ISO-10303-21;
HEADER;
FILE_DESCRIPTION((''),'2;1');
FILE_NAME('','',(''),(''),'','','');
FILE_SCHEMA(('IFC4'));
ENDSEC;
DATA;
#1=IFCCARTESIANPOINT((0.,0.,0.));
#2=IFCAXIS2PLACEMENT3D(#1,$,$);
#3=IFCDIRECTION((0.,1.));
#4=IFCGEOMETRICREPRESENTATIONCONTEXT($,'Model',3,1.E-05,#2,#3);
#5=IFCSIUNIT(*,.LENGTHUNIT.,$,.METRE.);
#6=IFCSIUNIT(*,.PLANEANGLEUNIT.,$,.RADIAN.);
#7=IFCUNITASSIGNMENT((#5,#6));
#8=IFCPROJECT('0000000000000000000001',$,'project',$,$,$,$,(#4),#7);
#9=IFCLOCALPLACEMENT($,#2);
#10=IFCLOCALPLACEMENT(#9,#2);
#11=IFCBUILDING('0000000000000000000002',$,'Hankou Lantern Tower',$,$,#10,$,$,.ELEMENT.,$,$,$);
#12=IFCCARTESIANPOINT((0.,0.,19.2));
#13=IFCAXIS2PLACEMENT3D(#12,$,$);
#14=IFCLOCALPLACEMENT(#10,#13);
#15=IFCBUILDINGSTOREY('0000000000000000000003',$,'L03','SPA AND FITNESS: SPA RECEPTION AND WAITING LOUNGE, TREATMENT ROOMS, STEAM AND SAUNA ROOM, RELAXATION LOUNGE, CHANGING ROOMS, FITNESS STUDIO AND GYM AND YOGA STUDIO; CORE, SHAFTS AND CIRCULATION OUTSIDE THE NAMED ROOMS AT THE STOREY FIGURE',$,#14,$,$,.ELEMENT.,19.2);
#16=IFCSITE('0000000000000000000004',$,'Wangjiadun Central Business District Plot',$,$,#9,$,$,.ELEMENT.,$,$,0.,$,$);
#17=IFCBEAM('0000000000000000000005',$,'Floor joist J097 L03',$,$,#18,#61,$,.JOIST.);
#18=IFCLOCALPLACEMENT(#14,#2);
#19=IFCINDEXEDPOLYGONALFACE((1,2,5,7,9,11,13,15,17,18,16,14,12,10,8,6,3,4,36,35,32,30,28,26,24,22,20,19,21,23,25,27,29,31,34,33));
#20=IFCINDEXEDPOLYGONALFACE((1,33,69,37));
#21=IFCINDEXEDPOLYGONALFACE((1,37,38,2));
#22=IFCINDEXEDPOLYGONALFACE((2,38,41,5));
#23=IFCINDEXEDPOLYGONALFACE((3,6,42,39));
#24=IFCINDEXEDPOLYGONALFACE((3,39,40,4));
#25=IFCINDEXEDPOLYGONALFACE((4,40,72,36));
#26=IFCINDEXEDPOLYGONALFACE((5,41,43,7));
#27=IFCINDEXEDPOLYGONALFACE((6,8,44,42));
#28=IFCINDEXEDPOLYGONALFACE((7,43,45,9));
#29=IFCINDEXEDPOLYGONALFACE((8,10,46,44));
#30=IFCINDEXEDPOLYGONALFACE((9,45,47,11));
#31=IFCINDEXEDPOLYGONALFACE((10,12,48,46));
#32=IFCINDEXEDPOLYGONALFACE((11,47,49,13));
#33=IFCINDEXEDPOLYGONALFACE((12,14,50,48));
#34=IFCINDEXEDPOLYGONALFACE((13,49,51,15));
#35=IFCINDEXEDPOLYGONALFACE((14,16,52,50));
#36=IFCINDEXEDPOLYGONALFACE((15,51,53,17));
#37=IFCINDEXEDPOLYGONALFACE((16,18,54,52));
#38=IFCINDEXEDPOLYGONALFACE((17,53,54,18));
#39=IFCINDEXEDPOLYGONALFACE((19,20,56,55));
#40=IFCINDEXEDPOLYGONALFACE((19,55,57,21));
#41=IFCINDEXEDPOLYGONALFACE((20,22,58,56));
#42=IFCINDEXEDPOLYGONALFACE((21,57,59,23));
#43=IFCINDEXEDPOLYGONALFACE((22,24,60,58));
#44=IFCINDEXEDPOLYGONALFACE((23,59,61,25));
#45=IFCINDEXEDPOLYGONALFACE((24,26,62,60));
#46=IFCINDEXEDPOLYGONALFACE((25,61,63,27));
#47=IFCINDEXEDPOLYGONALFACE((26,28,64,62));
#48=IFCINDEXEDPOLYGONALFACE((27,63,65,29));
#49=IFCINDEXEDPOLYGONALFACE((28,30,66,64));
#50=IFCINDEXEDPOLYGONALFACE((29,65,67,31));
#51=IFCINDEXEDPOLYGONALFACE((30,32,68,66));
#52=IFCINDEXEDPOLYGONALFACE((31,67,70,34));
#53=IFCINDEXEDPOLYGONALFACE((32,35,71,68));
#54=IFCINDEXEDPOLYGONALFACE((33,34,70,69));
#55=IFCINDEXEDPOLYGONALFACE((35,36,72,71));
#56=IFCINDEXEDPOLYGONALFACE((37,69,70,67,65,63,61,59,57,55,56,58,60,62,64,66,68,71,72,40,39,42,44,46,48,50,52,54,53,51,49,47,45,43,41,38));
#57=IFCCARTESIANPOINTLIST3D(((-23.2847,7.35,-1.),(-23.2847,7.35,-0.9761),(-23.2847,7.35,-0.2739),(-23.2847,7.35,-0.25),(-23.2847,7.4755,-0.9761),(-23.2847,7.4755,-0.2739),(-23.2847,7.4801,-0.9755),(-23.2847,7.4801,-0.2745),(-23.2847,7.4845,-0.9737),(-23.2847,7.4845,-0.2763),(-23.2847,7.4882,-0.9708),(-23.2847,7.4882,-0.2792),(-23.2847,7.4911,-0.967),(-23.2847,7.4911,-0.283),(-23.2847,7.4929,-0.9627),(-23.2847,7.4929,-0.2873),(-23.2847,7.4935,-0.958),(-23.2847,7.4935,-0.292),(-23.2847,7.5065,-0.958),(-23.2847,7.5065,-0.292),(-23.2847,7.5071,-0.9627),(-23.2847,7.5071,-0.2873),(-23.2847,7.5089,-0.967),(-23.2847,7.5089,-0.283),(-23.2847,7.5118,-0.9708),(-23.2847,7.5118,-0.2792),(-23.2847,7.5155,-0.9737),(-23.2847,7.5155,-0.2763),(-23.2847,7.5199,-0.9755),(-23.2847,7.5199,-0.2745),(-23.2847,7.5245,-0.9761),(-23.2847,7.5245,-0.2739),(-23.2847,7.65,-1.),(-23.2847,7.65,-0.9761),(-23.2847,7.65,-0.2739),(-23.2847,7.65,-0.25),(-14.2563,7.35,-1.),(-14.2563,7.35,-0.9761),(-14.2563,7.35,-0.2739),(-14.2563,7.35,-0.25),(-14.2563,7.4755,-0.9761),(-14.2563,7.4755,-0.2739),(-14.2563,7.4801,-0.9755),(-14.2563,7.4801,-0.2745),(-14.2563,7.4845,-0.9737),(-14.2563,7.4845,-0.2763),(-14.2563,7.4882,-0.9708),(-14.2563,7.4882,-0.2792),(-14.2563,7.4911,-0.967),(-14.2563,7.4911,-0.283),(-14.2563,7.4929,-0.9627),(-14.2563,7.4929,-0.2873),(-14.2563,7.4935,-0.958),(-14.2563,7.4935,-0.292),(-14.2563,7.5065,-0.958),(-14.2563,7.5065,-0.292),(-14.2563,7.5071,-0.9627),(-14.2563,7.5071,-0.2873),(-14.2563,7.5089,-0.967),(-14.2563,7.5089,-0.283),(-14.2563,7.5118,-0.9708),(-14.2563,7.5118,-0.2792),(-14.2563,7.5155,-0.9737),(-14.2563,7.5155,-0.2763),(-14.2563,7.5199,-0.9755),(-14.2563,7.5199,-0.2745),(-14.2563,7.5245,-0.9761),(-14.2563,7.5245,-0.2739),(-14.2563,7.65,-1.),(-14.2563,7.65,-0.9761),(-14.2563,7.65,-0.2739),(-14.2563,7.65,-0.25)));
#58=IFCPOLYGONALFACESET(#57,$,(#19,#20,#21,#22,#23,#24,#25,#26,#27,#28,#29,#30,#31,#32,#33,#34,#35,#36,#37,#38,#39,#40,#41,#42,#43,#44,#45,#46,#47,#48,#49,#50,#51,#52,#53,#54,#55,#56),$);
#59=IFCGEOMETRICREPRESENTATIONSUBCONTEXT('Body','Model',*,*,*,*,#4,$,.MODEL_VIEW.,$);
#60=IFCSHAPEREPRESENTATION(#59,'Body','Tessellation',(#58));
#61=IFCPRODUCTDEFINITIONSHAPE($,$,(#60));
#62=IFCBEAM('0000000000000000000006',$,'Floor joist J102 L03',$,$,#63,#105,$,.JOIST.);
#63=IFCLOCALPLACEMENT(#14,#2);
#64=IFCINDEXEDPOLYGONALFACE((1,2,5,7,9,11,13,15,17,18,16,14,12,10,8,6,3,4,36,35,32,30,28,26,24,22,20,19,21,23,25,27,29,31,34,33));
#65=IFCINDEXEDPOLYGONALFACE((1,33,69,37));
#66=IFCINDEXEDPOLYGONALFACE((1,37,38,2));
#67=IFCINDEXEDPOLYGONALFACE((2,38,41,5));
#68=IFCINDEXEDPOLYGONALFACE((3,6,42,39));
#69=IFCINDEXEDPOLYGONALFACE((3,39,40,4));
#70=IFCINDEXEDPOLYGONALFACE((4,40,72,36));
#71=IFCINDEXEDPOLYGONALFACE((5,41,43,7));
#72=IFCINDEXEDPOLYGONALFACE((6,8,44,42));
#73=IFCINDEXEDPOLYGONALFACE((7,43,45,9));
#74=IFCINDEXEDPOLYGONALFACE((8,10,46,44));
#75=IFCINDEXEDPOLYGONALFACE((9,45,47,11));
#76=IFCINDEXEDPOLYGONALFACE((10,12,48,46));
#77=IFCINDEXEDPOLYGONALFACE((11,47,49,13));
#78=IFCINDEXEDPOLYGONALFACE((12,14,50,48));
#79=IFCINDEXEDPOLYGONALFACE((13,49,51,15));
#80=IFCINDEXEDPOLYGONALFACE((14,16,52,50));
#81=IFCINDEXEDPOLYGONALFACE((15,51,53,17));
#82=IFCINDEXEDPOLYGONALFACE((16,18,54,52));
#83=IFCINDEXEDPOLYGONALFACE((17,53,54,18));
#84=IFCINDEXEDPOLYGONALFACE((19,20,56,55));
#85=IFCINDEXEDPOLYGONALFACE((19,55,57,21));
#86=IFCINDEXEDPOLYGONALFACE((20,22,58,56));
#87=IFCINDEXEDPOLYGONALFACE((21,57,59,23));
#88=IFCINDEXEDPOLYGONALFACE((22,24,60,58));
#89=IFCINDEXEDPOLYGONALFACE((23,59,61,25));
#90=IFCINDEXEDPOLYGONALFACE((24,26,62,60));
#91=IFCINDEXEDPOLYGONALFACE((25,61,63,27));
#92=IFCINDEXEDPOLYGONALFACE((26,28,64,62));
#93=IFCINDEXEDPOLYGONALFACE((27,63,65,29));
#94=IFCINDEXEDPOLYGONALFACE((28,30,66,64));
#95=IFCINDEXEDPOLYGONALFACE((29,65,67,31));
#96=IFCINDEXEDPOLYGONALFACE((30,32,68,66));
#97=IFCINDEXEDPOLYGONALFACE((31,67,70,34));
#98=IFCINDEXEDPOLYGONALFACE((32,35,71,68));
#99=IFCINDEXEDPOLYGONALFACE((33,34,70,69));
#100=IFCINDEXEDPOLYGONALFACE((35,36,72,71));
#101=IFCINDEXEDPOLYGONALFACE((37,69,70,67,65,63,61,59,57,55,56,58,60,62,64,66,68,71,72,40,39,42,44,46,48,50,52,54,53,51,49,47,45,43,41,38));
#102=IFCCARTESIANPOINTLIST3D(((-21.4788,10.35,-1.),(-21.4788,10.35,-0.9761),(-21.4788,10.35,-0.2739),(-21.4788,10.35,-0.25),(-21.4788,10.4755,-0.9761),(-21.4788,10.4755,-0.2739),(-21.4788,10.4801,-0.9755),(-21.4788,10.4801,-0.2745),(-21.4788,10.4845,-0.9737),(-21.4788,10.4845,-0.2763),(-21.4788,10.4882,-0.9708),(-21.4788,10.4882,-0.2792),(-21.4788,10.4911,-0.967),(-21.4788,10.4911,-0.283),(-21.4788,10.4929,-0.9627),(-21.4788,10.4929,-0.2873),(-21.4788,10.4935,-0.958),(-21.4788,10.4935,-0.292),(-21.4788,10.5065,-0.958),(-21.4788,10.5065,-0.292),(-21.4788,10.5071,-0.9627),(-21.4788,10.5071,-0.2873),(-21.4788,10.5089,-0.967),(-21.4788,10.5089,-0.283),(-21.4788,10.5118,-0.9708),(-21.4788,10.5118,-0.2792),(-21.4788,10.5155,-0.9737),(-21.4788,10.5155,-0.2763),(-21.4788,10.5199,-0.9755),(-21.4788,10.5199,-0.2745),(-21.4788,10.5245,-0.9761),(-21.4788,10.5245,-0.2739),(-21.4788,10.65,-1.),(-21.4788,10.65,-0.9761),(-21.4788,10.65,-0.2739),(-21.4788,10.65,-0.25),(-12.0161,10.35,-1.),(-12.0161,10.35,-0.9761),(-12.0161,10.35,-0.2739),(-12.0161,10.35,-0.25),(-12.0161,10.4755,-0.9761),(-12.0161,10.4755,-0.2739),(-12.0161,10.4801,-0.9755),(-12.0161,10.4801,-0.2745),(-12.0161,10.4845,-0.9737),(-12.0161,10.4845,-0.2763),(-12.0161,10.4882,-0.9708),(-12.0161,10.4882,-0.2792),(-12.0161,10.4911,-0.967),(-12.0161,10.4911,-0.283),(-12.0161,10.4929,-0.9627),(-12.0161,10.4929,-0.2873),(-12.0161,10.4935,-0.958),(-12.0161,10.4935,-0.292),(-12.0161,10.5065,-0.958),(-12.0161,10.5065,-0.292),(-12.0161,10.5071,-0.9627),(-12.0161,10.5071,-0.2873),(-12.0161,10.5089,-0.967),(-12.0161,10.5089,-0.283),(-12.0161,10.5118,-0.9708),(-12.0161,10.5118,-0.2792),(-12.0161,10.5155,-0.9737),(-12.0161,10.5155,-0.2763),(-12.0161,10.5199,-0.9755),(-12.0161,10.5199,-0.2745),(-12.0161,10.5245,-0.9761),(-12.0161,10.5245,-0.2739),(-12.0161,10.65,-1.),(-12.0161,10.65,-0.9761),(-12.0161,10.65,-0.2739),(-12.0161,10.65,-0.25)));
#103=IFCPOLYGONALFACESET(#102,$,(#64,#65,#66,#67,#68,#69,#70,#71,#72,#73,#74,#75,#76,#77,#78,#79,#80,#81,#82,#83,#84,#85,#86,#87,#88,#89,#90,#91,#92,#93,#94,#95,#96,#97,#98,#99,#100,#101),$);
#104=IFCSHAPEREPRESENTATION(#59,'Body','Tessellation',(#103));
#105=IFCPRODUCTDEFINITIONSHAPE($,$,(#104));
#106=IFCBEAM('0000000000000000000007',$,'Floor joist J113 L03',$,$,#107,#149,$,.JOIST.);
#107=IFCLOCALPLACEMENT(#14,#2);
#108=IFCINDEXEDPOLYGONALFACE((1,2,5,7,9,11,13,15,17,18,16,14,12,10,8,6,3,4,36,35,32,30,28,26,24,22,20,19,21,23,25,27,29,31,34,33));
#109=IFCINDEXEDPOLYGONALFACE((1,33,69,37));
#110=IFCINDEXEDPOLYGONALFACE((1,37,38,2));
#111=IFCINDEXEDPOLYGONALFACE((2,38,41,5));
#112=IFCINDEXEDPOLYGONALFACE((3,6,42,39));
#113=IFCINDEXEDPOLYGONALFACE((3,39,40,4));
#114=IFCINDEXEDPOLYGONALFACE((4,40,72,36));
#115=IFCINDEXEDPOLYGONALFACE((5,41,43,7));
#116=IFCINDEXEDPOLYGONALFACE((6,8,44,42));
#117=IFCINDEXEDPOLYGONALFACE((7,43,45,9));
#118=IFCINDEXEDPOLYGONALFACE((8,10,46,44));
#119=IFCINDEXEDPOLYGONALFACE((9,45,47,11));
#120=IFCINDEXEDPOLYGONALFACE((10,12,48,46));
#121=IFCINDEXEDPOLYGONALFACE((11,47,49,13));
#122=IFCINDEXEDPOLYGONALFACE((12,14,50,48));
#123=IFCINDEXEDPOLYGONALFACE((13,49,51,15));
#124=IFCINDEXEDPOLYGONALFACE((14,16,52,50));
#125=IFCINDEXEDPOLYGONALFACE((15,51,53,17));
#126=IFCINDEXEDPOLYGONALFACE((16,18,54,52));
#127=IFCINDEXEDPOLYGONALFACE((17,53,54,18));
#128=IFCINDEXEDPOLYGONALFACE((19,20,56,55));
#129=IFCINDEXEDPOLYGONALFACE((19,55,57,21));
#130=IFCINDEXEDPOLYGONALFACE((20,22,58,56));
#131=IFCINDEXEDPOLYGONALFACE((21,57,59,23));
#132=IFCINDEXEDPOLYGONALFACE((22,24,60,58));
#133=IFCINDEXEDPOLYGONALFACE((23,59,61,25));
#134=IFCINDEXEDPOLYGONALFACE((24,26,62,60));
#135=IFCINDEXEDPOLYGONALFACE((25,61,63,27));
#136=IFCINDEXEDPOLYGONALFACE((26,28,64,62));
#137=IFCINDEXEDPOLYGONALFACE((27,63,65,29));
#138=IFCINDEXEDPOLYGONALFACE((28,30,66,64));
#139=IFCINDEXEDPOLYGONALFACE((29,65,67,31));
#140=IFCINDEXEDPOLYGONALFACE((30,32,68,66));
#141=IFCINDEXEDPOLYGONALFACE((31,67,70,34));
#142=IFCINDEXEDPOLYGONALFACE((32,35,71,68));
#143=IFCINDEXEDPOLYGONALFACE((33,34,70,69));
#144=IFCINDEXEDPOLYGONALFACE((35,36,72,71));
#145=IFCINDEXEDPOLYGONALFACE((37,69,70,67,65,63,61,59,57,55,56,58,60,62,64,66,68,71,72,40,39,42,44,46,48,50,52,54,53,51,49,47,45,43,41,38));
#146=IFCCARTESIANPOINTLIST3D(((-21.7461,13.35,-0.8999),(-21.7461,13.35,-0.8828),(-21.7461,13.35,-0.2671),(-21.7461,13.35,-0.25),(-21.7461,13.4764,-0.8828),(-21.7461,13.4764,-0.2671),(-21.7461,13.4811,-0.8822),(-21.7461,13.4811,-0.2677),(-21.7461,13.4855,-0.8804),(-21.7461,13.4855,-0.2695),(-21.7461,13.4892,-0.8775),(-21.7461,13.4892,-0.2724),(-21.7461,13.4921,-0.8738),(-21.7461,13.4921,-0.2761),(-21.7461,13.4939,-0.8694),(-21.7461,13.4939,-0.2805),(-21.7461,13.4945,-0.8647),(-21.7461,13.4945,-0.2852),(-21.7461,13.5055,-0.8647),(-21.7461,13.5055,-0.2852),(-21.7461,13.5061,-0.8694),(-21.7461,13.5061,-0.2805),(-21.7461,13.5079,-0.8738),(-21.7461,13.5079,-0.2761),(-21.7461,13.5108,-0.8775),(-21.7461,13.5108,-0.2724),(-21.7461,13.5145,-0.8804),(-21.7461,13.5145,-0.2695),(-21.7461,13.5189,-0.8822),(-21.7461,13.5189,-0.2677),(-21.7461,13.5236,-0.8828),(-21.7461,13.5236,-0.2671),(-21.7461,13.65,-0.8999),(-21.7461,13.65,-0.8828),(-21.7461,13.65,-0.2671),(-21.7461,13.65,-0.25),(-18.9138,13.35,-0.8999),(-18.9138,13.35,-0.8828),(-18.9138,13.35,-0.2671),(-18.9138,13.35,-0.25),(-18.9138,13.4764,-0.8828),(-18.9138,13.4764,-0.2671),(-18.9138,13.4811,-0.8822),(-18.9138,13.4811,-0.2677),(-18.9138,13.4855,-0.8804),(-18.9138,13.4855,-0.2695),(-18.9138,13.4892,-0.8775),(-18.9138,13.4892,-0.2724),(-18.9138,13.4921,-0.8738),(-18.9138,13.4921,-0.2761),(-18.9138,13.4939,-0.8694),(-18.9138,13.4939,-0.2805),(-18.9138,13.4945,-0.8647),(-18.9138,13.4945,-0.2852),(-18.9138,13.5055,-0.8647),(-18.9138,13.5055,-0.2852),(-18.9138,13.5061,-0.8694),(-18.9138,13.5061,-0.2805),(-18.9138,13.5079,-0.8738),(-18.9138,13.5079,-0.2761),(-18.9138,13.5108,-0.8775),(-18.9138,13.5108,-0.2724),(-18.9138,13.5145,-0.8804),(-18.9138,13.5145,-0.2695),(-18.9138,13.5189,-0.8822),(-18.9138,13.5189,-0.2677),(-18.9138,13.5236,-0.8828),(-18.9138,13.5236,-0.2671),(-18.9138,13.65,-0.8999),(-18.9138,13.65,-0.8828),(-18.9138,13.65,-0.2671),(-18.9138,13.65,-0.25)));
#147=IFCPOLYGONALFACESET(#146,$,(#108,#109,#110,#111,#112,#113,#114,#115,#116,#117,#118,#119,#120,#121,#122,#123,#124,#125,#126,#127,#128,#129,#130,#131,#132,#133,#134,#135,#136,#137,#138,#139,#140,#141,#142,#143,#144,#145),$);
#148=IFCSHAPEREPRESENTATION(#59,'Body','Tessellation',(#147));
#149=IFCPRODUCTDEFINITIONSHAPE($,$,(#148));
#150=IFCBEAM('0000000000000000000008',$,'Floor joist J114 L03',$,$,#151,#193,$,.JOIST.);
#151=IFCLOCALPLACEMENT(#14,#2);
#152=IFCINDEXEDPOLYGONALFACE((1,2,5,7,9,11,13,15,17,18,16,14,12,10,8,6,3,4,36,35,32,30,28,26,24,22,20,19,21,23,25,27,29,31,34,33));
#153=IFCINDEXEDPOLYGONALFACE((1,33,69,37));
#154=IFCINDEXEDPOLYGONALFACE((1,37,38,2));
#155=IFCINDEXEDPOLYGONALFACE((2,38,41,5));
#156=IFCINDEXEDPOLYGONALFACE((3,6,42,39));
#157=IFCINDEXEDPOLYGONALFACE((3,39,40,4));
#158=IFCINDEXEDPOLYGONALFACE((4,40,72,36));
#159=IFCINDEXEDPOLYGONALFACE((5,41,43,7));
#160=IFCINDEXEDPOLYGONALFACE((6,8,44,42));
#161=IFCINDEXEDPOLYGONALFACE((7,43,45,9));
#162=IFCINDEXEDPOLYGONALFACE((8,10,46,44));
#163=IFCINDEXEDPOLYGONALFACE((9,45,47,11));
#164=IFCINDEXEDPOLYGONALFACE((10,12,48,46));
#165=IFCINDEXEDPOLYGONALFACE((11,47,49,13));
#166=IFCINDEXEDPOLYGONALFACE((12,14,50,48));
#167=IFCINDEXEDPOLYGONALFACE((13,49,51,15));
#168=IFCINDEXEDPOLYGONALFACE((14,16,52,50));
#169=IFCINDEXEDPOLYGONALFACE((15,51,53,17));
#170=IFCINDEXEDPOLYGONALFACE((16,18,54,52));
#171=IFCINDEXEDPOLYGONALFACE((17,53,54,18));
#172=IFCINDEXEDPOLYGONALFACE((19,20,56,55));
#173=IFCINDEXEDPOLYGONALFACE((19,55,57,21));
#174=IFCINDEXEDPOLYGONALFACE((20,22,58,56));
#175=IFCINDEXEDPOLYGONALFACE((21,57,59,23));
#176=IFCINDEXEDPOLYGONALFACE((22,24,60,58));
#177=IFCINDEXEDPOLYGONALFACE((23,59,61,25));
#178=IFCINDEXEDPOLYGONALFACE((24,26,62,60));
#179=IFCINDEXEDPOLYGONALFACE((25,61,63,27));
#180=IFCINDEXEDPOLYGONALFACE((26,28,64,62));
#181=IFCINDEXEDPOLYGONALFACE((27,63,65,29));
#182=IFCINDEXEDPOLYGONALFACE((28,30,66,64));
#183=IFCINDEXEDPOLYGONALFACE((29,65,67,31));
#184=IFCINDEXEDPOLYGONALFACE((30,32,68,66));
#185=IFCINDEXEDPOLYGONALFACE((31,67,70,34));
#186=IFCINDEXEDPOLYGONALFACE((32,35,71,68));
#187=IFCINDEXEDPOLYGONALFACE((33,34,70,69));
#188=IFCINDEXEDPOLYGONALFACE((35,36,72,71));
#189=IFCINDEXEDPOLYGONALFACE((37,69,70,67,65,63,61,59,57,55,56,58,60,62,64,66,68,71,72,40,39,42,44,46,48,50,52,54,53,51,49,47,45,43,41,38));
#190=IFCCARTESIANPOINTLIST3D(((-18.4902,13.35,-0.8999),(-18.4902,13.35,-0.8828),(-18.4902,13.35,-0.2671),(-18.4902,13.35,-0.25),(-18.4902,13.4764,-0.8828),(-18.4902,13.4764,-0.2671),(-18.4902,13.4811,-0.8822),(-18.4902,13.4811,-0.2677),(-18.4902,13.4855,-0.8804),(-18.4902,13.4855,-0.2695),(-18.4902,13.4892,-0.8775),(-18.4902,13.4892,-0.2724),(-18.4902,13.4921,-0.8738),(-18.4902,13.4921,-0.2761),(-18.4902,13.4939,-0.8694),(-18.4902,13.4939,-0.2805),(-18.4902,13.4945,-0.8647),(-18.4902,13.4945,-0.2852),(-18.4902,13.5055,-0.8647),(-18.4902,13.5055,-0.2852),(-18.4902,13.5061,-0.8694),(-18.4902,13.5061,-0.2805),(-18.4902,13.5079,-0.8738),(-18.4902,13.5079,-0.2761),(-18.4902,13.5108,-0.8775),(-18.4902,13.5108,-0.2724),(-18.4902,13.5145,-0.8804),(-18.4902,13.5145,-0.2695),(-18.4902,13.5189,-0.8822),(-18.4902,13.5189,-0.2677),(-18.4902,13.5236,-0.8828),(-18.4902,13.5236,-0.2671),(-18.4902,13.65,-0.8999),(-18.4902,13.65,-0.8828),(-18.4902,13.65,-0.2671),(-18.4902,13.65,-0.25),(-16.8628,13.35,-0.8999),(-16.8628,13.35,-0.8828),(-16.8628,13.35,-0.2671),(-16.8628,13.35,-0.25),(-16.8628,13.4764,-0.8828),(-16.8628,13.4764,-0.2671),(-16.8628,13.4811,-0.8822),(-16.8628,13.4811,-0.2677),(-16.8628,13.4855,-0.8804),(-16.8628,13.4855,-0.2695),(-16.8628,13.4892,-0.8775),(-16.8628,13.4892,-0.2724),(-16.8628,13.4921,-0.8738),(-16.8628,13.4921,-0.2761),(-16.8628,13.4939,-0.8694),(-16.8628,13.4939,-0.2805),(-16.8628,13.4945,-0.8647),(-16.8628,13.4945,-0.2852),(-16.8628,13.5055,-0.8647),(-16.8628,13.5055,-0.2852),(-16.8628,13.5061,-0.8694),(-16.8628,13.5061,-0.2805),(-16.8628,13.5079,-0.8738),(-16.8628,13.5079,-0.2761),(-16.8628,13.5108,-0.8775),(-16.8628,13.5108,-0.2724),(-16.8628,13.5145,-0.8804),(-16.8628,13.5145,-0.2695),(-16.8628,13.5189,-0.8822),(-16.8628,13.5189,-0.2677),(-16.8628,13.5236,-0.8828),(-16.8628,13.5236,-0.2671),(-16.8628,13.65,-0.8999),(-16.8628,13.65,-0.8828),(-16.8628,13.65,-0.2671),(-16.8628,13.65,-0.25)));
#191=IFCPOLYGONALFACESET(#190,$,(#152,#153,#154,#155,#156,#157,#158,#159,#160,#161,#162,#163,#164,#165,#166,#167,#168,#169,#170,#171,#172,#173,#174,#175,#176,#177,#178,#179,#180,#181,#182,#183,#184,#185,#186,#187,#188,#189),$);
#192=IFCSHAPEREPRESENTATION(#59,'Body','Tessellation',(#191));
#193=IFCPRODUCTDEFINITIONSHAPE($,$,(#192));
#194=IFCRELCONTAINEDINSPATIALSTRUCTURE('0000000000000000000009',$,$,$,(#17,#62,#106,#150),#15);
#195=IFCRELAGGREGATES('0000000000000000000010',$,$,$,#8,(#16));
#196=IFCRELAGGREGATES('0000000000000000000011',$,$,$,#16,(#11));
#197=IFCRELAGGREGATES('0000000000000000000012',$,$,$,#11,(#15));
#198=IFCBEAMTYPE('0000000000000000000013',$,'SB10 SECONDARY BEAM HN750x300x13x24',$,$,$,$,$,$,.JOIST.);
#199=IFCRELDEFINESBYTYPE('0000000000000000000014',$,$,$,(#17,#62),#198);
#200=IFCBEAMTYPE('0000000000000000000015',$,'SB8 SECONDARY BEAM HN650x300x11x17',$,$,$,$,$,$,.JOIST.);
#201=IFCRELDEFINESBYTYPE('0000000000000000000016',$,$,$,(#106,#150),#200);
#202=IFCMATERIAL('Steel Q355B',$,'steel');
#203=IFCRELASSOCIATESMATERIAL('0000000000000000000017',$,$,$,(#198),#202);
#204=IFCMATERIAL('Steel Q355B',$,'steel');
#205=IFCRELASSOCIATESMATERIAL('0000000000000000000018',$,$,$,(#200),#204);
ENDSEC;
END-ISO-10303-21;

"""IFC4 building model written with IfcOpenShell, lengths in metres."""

from ifc_helpers import new_model, si_unit, direction, frame, origin, origin_2d, place, context, subcontext, project, spatial, i_section, extrude, material, material_profile, profile_set, type_object, element, save


model = new_model("IFC4")

# Units and contexts
model_context = context("Model", 3, precision=1e-05, world=origin(), true_north=direction((0.0, 1.0)))
body_context = subcontext(model_context, "Body", "Model", "MODEL_VIEW")
ifc_project = project(units=[si_unit("LENGTHUNIT", "METRE"), si_unit("PLANEANGLEUNIT", "RADIAN")], contexts=[model_context])

# Site, building, storey
site_placement = place(None, origin())
site = spatial("IfcSite", under=ifc_project, at=site_placement, Name="Wangjiadun Central Business District Plot", CompositionType="ELEMENT", RefElevation=0.0)
building_placement = place(site_placement, origin())
building = spatial("IfcBuilding", under=site, at=building_placement, Name="Hankou Lantern Tower", CompositionType="ELEMENT")
storey_placement = place(building_placement, frame((0.0, 0.0, 19.2)))
storey = spatial("IfcBuildingStorey", under=building, at=storey_placement, Name="L03", Description="SPA AND FITNESS: SPA RECEPTION AND WAITING LOUNGE, TREATMENT ROOMS, STEAM AND SAUNA ROOM, RELAXATION LOUNGE, CHANGING ROOMS, FITNESS STUDIO AND GYM AND YOGA STUDIO; CORE, SHAFTS AND CIRCULATION OUTSIDE THE NAMED ROOMS AT THE STOREY FIGURE", CompositionType="ELEMENT", Elevation=19.2)

# Beams
ifc_material_1 = material(Name="Steel Q355B", Category="steel")
ifc_material_profile_1 = material_profile(ifc_material_1, i_section(OverallWidth=0.3, OverallDepth=0.75, WebThickness=0.0129, FlangeThickness=0.0239, FilletRadius=0.0181, at=origin_2d()), Name="HN750x300x13x24")
ifc_profile_set_1 = profile_set([ifc_material_profile_1], Name="Steel Q355B")
beam_type_1 = type_object("IfcBeamType", Name="SB10 SECONDARY BEAM HN750x300x13x24", PredefinedType="JOIST", material=ifc_profile_set_1)
beam_1_placement = place(storey_placement, frame((-23.2847, 7.5, -0.625), z_axis=(1.0, 0.0, 0.0), x_axis=(0.0, 1.0, 0.0)))
element("IfcBeam", 1, at=beam_1_placement, inside=storey, type_object=beam_type_1, Name="Floor joist J097 L03", PredefinedType="JOIST", context=body_context, shape_type="SweptSolid", body=[
    extrude(i_section(OverallWidth=0.3, OverallDepth=0.75, WebThickness=0.0129, FlangeThickness=0.0239, FilletRadius=0.0181, at=origin_2d()), origin(), (0.0, 0.0, 1.0), 9.0283),
])
beam_2_placement = place(storey_placement, frame((-21.4788, 10.5, -0.625), z_axis=(1.0, 0.0, 0.0), x_axis=(0.0, 1.0, 0.0)))
element("IfcBeam", 2, at=beam_2_placement, inside=storey, type_object=beam_type_1, Name="Floor joist J102 L03", PredefinedType="JOIST", context=body_context, shape_type="SweptSolid", body=[
    extrude(i_section(OverallWidth=0.3, OverallDepth=0.75, WebThickness=0.0129, FlangeThickness=0.0239, FilletRadius=0.0181, at=origin_2d()), origin(), (0.0, 0.0, 1.0), 9.4626),
])
ifc_material_2 = material(Name="Steel Q355B", Category="steel")
ifc_material_profile_2 = material_profile(ifc_material_2, i_section(OverallWidth=0.3, OverallDepth=0.6499, WebThickness=0.011, FlangeThickness=0.0171, FilletRadius=0.0181, at=origin_2d()), Name="HN650x300x11x17")
ifc_profile_set_2 = profile_set([ifc_material_profile_2], Name="Steel Q355B")
beam_type_2 = type_object("IfcBeamType", Name="SB8 SECONDARY BEAM HN650x300x11x17", PredefinedType="JOIST", material=ifc_profile_set_2)
beam_3_placement = place(storey_placement, frame((-21.7461, 13.5, -0.575), z_axis=(1.0, 0.0, 0.0), x_axis=(0.0, 1.0, 0.0)))
element("IfcBeam", 3, at=beam_3_placement, inside=storey, type_object=beam_type_2, Name="Floor joist J113 L03", PredefinedType="JOIST", context=body_context, shape_type="SweptSolid", body=[
    extrude(i_section(OverallWidth=0.3, OverallDepth=0.6499, WebThickness=0.011, FlangeThickness=0.0171, FilletRadius=0.0181, at=origin_2d()), origin(), (0.0, 0.0, 1.0), 2.8323),
])
beam_4_placement = place(storey_placement, frame((-18.4902, 13.5, -0.575), z_axis=(1.0, 0.0, 0.0), x_axis=(0.0, 1.0, 0.0)))
element("IfcBeam", 4, at=beam_4_placement, inside=storey, type_object=beam_type_2, Name="Floor joist J114 L03", PredefinedType="JOIST", context=body_context, shape_type="SweptSolid", body=[
    extrude(i_section(OverallWidth=0.3, OverallDepth=0.6499, WebThickness=0.011, FlangeThickness=0.0171, FilletRadius=0.0181, at=origin_2d()), origin(), (0.0, 0.0, 1.0), 1.6274),
])

save(model, "model.ifc")
